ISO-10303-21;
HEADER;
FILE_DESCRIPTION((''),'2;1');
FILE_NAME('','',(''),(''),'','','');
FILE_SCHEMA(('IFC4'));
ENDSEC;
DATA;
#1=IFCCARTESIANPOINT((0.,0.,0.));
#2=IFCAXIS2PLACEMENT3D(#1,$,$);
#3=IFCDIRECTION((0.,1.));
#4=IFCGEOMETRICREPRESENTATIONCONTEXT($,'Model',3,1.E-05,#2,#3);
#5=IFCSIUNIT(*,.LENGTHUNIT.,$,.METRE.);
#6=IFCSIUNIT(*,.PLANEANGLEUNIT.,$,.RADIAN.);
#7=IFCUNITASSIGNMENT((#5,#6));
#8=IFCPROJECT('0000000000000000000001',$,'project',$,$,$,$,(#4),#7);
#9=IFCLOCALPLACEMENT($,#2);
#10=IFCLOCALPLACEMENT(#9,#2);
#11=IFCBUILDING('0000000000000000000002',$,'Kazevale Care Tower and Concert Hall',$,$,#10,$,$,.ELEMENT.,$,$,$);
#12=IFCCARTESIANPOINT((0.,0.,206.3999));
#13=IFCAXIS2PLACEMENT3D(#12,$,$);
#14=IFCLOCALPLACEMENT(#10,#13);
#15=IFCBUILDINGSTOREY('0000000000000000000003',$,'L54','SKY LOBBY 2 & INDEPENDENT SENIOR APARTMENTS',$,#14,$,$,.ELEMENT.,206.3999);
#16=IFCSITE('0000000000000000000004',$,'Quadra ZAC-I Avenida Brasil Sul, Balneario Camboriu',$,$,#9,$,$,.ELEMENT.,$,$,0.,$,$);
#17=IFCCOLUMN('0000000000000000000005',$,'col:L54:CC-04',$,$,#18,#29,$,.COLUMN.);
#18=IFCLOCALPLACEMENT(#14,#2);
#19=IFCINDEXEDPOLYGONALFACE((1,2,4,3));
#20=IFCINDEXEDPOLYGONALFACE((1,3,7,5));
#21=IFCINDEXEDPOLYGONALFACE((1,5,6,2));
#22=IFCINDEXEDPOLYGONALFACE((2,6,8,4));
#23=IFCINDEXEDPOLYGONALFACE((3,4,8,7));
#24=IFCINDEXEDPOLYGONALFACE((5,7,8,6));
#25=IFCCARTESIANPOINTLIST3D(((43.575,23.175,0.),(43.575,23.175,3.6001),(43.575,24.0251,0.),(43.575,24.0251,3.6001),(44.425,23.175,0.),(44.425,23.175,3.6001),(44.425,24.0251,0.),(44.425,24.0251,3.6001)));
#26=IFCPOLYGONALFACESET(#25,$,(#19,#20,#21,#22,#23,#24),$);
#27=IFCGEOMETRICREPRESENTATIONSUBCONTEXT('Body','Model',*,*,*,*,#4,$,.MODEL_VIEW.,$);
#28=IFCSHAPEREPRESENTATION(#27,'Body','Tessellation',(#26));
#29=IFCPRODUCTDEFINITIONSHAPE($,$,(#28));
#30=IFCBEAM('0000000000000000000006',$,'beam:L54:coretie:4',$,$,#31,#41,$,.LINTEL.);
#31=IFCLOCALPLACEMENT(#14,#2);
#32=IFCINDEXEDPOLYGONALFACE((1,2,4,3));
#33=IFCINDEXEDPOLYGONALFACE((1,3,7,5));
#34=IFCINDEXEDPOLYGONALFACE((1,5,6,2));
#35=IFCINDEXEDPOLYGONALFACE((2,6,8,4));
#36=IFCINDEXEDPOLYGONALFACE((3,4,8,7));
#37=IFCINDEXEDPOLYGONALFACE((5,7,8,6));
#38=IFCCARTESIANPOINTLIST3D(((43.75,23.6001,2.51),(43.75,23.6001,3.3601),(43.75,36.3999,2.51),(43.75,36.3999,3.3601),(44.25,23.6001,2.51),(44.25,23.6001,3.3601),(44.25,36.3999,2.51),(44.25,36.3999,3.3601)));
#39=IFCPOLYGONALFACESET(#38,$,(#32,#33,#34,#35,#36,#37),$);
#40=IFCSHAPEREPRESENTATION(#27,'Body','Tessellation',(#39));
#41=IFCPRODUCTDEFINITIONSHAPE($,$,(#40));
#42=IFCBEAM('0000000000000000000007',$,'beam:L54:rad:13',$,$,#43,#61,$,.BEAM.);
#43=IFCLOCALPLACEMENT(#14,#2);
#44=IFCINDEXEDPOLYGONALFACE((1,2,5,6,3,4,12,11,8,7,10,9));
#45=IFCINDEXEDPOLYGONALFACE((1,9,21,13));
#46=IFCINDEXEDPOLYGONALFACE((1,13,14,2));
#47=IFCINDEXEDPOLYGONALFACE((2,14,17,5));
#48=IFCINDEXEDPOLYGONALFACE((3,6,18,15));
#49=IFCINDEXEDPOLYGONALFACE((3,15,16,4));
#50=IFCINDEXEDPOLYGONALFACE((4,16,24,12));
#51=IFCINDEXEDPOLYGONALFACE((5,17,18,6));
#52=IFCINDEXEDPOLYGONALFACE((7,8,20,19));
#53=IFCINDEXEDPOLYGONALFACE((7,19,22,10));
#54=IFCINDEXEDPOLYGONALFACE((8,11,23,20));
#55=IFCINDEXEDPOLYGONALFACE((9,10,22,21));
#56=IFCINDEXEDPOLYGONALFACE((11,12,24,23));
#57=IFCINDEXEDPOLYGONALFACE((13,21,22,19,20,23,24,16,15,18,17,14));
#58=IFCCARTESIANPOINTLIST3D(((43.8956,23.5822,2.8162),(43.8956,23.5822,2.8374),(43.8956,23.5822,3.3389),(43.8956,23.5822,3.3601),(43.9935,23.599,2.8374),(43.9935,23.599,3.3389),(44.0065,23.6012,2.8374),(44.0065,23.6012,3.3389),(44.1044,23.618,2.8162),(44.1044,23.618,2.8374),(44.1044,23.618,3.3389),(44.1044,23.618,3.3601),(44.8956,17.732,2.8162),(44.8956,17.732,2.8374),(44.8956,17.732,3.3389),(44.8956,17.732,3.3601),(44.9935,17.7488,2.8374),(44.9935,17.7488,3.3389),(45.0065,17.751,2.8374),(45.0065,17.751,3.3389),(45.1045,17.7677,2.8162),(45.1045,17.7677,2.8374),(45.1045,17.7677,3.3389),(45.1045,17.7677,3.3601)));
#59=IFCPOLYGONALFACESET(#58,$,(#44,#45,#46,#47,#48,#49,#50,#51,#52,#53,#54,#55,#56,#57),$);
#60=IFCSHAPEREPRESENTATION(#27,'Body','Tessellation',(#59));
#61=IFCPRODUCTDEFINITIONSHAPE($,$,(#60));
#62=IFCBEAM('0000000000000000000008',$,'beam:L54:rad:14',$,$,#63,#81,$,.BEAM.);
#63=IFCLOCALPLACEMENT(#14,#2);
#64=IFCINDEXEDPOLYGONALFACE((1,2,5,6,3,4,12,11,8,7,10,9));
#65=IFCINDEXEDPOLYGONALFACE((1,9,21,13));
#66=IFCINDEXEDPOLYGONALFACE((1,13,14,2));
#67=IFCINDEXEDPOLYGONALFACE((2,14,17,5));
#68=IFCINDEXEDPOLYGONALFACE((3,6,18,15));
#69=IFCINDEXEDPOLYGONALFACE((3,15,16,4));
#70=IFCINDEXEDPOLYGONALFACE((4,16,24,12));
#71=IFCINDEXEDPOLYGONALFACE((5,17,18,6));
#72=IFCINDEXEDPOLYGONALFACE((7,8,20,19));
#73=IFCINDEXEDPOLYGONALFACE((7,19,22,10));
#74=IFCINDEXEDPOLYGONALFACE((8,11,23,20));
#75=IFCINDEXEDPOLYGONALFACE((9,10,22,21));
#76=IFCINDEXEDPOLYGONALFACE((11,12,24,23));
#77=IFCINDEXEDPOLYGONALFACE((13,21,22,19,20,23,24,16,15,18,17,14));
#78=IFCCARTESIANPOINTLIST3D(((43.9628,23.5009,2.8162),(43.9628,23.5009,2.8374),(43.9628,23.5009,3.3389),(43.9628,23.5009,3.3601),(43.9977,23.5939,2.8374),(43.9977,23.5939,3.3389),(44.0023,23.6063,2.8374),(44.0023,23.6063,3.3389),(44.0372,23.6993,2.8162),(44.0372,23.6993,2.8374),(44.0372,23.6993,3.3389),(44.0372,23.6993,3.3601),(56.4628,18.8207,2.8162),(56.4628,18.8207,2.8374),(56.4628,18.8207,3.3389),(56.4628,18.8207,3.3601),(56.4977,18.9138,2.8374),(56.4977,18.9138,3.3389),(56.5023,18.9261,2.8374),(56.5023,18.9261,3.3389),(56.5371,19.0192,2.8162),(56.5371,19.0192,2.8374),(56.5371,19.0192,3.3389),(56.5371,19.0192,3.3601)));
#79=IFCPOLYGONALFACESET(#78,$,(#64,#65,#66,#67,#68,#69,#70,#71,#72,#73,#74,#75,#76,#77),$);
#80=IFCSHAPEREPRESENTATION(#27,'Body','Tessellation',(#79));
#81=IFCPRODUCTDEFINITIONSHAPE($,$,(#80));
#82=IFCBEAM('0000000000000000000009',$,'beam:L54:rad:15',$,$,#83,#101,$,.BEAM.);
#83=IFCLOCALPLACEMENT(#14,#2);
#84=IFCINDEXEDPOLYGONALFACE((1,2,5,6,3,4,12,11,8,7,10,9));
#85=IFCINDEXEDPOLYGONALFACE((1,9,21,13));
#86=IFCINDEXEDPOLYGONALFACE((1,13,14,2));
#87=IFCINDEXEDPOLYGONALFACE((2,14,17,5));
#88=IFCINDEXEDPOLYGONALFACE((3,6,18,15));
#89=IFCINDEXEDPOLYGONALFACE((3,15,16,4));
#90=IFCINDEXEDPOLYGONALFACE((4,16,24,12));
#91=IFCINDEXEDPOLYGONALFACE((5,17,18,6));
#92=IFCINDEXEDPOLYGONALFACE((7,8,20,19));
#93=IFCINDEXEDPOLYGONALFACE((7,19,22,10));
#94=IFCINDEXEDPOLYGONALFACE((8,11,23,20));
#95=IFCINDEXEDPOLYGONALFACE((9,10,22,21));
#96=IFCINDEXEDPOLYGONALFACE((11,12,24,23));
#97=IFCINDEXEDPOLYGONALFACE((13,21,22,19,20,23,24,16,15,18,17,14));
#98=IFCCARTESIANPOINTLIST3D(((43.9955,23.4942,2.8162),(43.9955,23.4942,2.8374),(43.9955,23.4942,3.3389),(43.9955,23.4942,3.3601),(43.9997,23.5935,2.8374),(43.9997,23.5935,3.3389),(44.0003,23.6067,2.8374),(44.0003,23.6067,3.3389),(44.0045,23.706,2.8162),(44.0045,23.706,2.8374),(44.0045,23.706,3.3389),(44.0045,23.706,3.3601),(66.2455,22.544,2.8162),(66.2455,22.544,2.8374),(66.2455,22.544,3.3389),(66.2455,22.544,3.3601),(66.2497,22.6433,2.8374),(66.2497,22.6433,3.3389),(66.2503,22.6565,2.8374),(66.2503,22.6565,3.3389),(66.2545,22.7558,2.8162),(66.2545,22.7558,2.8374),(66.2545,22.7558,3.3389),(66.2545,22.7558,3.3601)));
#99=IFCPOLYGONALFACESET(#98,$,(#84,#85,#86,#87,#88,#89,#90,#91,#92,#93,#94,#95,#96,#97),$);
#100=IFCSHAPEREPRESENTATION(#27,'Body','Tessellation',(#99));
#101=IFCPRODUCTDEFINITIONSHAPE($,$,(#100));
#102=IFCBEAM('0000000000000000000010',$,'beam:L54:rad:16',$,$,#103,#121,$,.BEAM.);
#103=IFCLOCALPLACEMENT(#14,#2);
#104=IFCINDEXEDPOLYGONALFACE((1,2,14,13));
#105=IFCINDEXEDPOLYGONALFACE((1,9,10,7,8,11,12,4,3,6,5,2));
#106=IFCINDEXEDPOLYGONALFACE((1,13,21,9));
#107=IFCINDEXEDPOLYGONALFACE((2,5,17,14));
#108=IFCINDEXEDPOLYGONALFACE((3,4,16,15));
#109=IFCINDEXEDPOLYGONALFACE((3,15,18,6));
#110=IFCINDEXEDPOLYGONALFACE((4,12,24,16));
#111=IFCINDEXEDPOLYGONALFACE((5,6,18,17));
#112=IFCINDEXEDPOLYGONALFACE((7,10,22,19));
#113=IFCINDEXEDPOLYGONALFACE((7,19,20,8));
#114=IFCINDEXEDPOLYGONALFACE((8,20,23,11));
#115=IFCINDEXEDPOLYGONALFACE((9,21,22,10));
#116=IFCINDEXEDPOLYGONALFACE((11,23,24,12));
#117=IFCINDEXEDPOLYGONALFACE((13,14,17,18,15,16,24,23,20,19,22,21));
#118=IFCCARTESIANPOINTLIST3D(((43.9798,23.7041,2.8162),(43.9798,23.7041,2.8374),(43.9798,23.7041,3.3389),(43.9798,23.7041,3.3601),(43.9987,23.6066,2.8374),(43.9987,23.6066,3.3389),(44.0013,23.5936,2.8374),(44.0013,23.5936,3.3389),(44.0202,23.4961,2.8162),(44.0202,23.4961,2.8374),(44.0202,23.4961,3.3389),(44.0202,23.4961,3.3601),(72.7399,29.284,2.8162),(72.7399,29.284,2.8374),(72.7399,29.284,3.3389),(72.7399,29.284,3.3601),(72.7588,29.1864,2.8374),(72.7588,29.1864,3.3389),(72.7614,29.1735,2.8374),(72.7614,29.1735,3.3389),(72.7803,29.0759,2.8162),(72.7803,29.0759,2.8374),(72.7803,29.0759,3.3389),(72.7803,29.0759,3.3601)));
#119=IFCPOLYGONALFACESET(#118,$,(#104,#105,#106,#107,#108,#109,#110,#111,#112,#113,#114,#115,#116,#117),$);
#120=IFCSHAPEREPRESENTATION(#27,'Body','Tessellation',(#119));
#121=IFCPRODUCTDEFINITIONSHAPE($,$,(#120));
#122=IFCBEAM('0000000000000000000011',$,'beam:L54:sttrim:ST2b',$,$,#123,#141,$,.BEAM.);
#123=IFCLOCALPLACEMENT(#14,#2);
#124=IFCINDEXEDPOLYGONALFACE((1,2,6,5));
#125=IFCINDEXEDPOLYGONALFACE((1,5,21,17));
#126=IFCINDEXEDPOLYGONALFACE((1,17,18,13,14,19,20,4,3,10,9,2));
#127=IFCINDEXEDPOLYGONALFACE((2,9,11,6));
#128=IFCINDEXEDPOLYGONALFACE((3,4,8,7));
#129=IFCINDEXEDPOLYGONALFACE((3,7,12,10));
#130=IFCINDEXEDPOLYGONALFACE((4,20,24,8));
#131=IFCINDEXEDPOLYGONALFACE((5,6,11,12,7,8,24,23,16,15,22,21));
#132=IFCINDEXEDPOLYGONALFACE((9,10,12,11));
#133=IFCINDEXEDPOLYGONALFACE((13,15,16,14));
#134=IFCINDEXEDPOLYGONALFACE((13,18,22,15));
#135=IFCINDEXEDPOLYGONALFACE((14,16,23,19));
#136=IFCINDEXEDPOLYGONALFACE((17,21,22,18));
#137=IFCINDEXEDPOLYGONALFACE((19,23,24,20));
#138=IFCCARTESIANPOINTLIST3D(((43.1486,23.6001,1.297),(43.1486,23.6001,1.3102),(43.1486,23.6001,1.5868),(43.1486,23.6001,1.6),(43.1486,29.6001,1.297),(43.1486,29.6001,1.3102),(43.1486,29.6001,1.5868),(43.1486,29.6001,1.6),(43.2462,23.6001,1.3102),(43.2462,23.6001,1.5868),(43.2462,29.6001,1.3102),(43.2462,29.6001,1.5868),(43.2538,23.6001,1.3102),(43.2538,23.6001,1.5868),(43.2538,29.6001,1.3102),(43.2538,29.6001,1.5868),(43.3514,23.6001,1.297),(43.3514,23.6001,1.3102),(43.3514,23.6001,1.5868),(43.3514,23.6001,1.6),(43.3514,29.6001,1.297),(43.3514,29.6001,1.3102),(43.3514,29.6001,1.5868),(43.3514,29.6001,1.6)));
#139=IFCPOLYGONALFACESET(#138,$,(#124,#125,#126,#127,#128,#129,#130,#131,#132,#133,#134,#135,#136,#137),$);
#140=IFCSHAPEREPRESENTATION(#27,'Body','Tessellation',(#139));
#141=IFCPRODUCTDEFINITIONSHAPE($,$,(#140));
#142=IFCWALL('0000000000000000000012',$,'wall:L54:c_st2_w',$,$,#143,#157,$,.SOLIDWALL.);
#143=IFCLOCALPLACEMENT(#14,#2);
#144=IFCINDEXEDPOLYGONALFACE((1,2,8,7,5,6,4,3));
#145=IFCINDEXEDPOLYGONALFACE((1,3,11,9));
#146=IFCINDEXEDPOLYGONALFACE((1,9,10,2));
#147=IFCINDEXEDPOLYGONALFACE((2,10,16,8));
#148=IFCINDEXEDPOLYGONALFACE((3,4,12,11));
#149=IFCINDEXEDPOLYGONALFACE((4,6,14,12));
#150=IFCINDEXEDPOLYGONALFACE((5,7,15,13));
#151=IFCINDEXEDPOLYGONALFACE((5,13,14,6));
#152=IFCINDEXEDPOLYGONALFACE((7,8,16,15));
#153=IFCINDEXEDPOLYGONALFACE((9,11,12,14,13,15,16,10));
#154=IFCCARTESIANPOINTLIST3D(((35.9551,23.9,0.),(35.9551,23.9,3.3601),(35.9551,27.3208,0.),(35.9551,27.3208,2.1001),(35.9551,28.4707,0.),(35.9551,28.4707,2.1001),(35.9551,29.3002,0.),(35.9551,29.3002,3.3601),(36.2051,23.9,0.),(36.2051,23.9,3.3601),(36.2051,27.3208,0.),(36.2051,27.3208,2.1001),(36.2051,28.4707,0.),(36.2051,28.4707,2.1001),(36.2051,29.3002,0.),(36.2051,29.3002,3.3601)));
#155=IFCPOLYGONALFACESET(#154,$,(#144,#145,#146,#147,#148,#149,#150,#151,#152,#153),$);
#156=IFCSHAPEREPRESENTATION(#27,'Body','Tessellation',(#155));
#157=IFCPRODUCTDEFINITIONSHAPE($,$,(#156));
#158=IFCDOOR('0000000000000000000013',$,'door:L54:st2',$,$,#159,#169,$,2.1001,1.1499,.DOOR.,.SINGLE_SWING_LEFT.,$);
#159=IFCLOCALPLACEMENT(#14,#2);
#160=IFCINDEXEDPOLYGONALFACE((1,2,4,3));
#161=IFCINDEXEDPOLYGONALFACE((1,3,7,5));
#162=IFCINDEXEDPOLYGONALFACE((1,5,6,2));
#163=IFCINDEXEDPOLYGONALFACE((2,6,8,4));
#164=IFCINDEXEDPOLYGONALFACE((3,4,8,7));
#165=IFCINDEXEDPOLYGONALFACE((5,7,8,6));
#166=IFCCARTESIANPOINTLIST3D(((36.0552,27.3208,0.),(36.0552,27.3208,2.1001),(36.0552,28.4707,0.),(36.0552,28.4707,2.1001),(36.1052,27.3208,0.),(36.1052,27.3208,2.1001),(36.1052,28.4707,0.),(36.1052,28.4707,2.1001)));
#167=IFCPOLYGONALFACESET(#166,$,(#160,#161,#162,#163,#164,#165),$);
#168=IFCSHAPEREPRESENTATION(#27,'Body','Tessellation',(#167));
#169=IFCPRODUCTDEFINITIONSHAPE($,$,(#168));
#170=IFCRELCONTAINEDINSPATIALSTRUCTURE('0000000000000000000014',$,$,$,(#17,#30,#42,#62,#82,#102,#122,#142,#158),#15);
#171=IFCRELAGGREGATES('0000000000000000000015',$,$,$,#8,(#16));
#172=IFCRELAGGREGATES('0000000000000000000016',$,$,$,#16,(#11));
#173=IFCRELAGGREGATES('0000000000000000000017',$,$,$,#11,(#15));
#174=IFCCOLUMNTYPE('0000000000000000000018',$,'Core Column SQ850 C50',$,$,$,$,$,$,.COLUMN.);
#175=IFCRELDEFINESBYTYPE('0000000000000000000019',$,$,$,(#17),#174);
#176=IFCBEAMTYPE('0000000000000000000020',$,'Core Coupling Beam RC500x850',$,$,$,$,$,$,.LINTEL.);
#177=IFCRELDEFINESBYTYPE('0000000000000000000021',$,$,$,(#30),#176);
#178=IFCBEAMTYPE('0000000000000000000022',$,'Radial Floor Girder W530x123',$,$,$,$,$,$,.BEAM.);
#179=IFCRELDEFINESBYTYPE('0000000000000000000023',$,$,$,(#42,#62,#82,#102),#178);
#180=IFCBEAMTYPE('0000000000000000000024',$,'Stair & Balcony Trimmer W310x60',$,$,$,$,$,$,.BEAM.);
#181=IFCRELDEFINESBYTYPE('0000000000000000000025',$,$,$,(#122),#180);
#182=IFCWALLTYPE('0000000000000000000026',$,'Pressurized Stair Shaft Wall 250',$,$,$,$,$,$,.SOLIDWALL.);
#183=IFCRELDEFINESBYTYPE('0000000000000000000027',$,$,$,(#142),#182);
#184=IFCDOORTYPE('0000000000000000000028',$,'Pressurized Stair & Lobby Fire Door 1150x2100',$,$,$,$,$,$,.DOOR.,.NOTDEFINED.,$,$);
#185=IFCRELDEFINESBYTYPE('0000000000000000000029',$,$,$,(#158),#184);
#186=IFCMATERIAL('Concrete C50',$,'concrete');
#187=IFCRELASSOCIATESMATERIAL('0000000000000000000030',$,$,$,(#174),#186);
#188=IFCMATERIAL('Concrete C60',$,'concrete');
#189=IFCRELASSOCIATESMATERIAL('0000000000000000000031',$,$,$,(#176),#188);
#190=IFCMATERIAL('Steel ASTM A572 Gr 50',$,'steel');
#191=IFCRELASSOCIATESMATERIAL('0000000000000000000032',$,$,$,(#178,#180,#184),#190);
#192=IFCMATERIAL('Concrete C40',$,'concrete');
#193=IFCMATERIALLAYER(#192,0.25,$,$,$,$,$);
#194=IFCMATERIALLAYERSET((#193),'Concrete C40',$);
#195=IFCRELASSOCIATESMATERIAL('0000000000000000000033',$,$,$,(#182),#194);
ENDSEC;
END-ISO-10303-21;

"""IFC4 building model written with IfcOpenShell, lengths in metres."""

from ifc_helpers import new_model, si_unit, direction, frame, frame_2d, origin, origin_2d, place, context, subcontext, project, spatial, rectangle, i_section, extrude, material, layer, layer_set, material_profile, profile_set, type_object, element, fill, save


model = new_model("IFC4")

# Units and contexts
model_context = context("Model", 3, precision=1e-05, world=origin(), true_north=direction((0.0, 1.0)))
body_context = subcontext(model_context, "Body", "Model", "MODEL_VIEW")
ifc_project = project(units=[si_unit("LENGTHUNIT", "METRE"), si_unit("PLANEANGLEUNIT", "RADIAN")], contexts=[model_context])

# Site, building, storey
site_placement = place(None, origin())
site = spatial("IfcSite", under=ifc_project, at=site_placement, Name="Quadra ZAC-I Avenida Brasil Sul, Balneario Camboriu", CompositionType="ELEMENT", RefElevation=0.0)
building_placement = place(site_placement, origin())
building = spatial("IfcBuilding", under=site, at=building_placement, Name="Kazevale Care Tower and Concert Hall", CompositionType="ELEMENT")
storey_placement = place(building_placement, frame((0.0, 0.0, 206.3999)))
storey = spatial("IfcBuildingStorey", under=building, at=storey_placement, Name="L54", Description="SKY LOBBY 2 & INDEPENDENT SENIOR APARTMENTS", CompositionType="ELEMENT", Elevation=206.3999)

# Column
ifc_material_1 = material(Name="Concrete C50", Category="concrete")
ifc_material_profile_1 = material_profile(ifc_material_1, rectangle(XDim=0.8501, YDim=0.8501, at=origin_2d()), Name="RC-SQ850")
ifc_profile_set_1 = profile_set([ifc_material_profile_1], Name="Concrete C50")
column_type = type_object("IfcColumnType", Name="Core Column SQ850 C50", PredefinedType="COLUMN", material=ifc_profile_set_1)
column_placement = place(storey_placement, frame((44.0, 23.6001, 0.0), z_axis=(0.0, 0.0, 1.0), x_axis=(1.0, 0.0, 0.0)))
element("IfcColumn", 1, at=column_placement, inside=storey, type_object=column_type, Name="col:L54:CC-04", PredefinedType="COLUMN", context=body_context, shape_type="SweptSolid", body=[
    extrude(rectangle(XDim=0.8501, YDim=0.8501, at=origin_2d()), origin(), (0.0, 0.0, 1.0), 3.6001),
])

# Beams
ifc_material_2 = material(Name="Concrete C60", Category="concrete")
ifc_material_profile_2 = material_profile(ifc_material_2, rectangle(XDim=0.5, YDim=0.8501, at=origin_2d()), Name="RC-B500x850")
ifc_profile_set_2 = profile_set([ifc_material_profile_2], Name="Concrete C60")
beam_type_1 = type_object("IfcBeamType", Name="Core Coupling Beam RC500x850", PredefinedType="LINTEL", material=ifc_profile_set_2)
beam_1_placement = place(storey_placement, frame((44.0, 23.6001, 2.9351), z_axis=(0.0, 1.0, 0.0), x_axis=(-1.0, 0.0, 0.0)))
element("IfcBeam", 2, at=beam_1_placement, inside=storey, type_object=beam_type_1, Name="beam:L54:coretie:4", PredefinedType="LINTEL", context=body_context, shape_type="SweptSolid", body=[
    extrude(rectangle(XDim=0.5, YDim=0.8501, at=origin_2d()), origin(), (0.0, 0.0, 1.0), 12.7998),
])
ifc_material_3 = material(Name="Steel ASTM A572 Gr 50", Category="steel")
ifc_material_profile_3 = material_profile(ifc_material_3, i_section(OverallWidth=0.2119, OverallDepth=0.5439, WebThickness=0.0132, FlangeThickness=0.0212, at=origin_2d()), Name="W530x123")
ifc_profile_set_3 = profile_set([ifc_material_profile_3], Name="Steel ASTM A572 Gr 50")
beam_type_2 = type_object("IfcBeamType", Name="Radial Floor Girder W530x123", PredefinedType="BEAM", material=ifc_profile_set_3)
beam_2_placement = place(storey_placement, frame((44.0, 23.6001, 3.0881), z_axis=(0.168493, -0.985703, 0.0), x_axis=(0.985703, 0.168493, 0.0)))
element("IfcBeam", 3, at=beam_2_placement, inside=storey, type_object=beam_type_2, Name="beam:L54:rad:13", PredefinedType="BEAM", context=body_context, shape_type="SweptSolid", body=[
    extrude(i_section(OverallWidth=0.2119, OverallDepth=0.5439, WebThickness=0.0132, FlangeThickness=0.0212, at=origin_2d()), origin(), (0.0, 0.0, 1.0), 5.9351),
])
beam_3_placement = place(storey_placement, frame((44.0, 23.6001, 3.0881), z_axis=(0.936509, -0.350642, 0.0), x_axis=(0.350642, 0.936509, 0.0)))
element("IfcBeam", 4, at=beam_3_placement, inside=storey, type_object=beam_type_2, Name="beam:L54:rad:14", PredefinedType="BEAM", context=body_context, shape_type="SweptSolid", body=[
    extrude(i_section(OverallWidth=0.2119, OverallDepth=0.5439, WebThickness=0.0132, FlangeThickness=0.0212, at=origin_2d()), origin(), (0.0, 0.0, 1.0), 13.3474),
])
beam_4_placement = place(storey_placement, frame((44.0, 23.6001, 3.0881), z_axis=(0.999089, -0.042667, 0.0), x_axis=(0.042667, 0.999089, 0.0)))
element("IfcBeam", 5, at=beam_4_placement, inside=storey, type_object=beam_type_2, Name="beam:L54:rad:15", PredefinedType="BEAM", context=body_context, shape_type="SweptSolid", body=[
    extrude(i_section(OverallWidth=0.2119, OverallDepth=0.5439, WebThickness=0.0132, FlangeThickness=0.0212, at=origin_2d()), origin(), (0.0, 0.0, 1.0), 22.2703),
])
beam_5_placement = place(storey_placement, frame((44.0, 23.6001, 3.0881), z_axis=(0.981695, 0.190462, 0.0), x_axis=(-0.190462, 0.981695, 0.0)))
element("IfcBeam", 6, at=beam_5_placement, inside=storey, type_object=beam_type_2, Name="beam:L54:rad:16", PredefinedType="BEAM", context=body_context, shape_type="SweptSolid", body=[
    extrude(i_section(OverallWidth=0.2119, OverallDepth=0.5439, WebThickness=0.0132, FlangeThickness=0.0212, at=origin_2d()), origin(), (0.0, 0.0, 1.0), 29.2964),
])
ifc_material_profile_4 = material_profile(ifc_material_3, i_section(OverallWidth=0.2029, OverallDepth=0.303, WebThickness=0.0076, FlangeThickness=0.0132, at=origin_2d()), Name="W310x60")
ifc_profile_set_4 = profile_set([ifc_material_profile_4], Name="Steel ASTM A572 Gr 50")
beam_type_3 = type_object("IfcBeamType", Name="Stair & Balcony Trimmer W310x60", PredefinedType="BEAM", material=ifc_profile_set_4)
beam_6_placement = place(storey_placement, frame((43.25, 23.6001, 1.4485), z_axis=(0.0, 1.0, 0.0), x_axis=(-1.0, 0.0, 0.0)))
element("IfcBeam", 7, at=beam_6_placement, inside=storey, type_object=beam_type_3, Name="beam:L54:sttrim:ST2b", PredefinedType="BEAM", context=body_context, shape_type="SweptSolid", body=[
    extrude(i_section(OverallWidth=0.2029, OverallDepth=0.303, WebThickness=0.0076, FlangeThickness=0.0132, at=origin_2d()), origin(), (0.0, 0.0, 1.0), 6.0),
])

# Wall, opening, door
ifc_material_4 = material(Name="Concrete C40", Category="concrete")
ifc_layer_1 = layer(ifc_material_4, 0.25)
ifc_layer_set_1 = layer_set([ifc_layer_1], Name="Concrete C40")
wall_type_1 = type_object("IfcWallType", Name="Pressurized Stair Shaft Wall 250", PredefinedType="SOLIDWALL", material=ifc_layer_set_1)
wall_1_placement = place(storey_placement, frame((36.0801, 23.8999, 0.0), z_axis=(0.0, 0.0, 1.0), x_axis=(0.0, 1.0, 0.0)))
wall_1 = element("IfcWall", 8, at=wall_1_placement, inside=storey, type_object=wall_type_1, Name="wall:L54:c_st2_w", PredefinedType="SOLIDWALL", context=body_context, shape_type="SweptSolid", body=[
    extrude(rectangle(XDim=5.4001, YDim=0.25, at=frame_2d((2.7002, 0.0))), origin(), (0.0, 0.0, 1.0), 3.3601),
])
opening_1_placement = place(wall_1_placement, frame((3.4209, 0.0, 0.0)))
opening_1 = element("IfcOpeningElement", 9, at=opening_1_placement, cuts=wall_1, PredefinedType="OPENING", context=body_context, shape_type="SweptSolid", body=[
    extrude(rectangle(XDim=1.1499, YDim=2.1001, at=frame_2d((0.575, 1.05))), frame((0.0, 0.135, 0.0), z_axis=(0.0, -1.0, 0.0), x_axis=(1.0, 0.0, 0.0)), (0.0, 0.0, 1.0), 0.27),
])
door_type_1 = type_object("IfcDoorType", Name="Pressurized Stair & Lobby Fire Door 1150x2100", OperationType="NOTDEFINED", PredefinedType="DOOR", material=ifc_material_3)
door_1_placement = place(opening_1_placement, origin())
door_1 = element("IfcDoor", 10, at=door_1_placement, inside=storey, type_object=door_type_1, Name="door:L54:st2", OperationType="SINGLE_SWING_LEFT", OverallHeight=2.1001, OverallWidth=1.1499, PredefinedType="DOOR", context=body_context, shape_type="SweptSolid", body=[
    extrude(rectangle(XDim=1.1499, YDim=2.1001, at=frame_2d((0.575, 1.05))), frame((0.0, 0.0249, 0.0), z_axis=(0.0, -1.0, 0.0), x_axis=(1.0, 0.0, 0.0)), (0.0, 0.0, 1.0), 0.05),
])
fill(opening_1, door_1)

save(model, "model.ifc")
